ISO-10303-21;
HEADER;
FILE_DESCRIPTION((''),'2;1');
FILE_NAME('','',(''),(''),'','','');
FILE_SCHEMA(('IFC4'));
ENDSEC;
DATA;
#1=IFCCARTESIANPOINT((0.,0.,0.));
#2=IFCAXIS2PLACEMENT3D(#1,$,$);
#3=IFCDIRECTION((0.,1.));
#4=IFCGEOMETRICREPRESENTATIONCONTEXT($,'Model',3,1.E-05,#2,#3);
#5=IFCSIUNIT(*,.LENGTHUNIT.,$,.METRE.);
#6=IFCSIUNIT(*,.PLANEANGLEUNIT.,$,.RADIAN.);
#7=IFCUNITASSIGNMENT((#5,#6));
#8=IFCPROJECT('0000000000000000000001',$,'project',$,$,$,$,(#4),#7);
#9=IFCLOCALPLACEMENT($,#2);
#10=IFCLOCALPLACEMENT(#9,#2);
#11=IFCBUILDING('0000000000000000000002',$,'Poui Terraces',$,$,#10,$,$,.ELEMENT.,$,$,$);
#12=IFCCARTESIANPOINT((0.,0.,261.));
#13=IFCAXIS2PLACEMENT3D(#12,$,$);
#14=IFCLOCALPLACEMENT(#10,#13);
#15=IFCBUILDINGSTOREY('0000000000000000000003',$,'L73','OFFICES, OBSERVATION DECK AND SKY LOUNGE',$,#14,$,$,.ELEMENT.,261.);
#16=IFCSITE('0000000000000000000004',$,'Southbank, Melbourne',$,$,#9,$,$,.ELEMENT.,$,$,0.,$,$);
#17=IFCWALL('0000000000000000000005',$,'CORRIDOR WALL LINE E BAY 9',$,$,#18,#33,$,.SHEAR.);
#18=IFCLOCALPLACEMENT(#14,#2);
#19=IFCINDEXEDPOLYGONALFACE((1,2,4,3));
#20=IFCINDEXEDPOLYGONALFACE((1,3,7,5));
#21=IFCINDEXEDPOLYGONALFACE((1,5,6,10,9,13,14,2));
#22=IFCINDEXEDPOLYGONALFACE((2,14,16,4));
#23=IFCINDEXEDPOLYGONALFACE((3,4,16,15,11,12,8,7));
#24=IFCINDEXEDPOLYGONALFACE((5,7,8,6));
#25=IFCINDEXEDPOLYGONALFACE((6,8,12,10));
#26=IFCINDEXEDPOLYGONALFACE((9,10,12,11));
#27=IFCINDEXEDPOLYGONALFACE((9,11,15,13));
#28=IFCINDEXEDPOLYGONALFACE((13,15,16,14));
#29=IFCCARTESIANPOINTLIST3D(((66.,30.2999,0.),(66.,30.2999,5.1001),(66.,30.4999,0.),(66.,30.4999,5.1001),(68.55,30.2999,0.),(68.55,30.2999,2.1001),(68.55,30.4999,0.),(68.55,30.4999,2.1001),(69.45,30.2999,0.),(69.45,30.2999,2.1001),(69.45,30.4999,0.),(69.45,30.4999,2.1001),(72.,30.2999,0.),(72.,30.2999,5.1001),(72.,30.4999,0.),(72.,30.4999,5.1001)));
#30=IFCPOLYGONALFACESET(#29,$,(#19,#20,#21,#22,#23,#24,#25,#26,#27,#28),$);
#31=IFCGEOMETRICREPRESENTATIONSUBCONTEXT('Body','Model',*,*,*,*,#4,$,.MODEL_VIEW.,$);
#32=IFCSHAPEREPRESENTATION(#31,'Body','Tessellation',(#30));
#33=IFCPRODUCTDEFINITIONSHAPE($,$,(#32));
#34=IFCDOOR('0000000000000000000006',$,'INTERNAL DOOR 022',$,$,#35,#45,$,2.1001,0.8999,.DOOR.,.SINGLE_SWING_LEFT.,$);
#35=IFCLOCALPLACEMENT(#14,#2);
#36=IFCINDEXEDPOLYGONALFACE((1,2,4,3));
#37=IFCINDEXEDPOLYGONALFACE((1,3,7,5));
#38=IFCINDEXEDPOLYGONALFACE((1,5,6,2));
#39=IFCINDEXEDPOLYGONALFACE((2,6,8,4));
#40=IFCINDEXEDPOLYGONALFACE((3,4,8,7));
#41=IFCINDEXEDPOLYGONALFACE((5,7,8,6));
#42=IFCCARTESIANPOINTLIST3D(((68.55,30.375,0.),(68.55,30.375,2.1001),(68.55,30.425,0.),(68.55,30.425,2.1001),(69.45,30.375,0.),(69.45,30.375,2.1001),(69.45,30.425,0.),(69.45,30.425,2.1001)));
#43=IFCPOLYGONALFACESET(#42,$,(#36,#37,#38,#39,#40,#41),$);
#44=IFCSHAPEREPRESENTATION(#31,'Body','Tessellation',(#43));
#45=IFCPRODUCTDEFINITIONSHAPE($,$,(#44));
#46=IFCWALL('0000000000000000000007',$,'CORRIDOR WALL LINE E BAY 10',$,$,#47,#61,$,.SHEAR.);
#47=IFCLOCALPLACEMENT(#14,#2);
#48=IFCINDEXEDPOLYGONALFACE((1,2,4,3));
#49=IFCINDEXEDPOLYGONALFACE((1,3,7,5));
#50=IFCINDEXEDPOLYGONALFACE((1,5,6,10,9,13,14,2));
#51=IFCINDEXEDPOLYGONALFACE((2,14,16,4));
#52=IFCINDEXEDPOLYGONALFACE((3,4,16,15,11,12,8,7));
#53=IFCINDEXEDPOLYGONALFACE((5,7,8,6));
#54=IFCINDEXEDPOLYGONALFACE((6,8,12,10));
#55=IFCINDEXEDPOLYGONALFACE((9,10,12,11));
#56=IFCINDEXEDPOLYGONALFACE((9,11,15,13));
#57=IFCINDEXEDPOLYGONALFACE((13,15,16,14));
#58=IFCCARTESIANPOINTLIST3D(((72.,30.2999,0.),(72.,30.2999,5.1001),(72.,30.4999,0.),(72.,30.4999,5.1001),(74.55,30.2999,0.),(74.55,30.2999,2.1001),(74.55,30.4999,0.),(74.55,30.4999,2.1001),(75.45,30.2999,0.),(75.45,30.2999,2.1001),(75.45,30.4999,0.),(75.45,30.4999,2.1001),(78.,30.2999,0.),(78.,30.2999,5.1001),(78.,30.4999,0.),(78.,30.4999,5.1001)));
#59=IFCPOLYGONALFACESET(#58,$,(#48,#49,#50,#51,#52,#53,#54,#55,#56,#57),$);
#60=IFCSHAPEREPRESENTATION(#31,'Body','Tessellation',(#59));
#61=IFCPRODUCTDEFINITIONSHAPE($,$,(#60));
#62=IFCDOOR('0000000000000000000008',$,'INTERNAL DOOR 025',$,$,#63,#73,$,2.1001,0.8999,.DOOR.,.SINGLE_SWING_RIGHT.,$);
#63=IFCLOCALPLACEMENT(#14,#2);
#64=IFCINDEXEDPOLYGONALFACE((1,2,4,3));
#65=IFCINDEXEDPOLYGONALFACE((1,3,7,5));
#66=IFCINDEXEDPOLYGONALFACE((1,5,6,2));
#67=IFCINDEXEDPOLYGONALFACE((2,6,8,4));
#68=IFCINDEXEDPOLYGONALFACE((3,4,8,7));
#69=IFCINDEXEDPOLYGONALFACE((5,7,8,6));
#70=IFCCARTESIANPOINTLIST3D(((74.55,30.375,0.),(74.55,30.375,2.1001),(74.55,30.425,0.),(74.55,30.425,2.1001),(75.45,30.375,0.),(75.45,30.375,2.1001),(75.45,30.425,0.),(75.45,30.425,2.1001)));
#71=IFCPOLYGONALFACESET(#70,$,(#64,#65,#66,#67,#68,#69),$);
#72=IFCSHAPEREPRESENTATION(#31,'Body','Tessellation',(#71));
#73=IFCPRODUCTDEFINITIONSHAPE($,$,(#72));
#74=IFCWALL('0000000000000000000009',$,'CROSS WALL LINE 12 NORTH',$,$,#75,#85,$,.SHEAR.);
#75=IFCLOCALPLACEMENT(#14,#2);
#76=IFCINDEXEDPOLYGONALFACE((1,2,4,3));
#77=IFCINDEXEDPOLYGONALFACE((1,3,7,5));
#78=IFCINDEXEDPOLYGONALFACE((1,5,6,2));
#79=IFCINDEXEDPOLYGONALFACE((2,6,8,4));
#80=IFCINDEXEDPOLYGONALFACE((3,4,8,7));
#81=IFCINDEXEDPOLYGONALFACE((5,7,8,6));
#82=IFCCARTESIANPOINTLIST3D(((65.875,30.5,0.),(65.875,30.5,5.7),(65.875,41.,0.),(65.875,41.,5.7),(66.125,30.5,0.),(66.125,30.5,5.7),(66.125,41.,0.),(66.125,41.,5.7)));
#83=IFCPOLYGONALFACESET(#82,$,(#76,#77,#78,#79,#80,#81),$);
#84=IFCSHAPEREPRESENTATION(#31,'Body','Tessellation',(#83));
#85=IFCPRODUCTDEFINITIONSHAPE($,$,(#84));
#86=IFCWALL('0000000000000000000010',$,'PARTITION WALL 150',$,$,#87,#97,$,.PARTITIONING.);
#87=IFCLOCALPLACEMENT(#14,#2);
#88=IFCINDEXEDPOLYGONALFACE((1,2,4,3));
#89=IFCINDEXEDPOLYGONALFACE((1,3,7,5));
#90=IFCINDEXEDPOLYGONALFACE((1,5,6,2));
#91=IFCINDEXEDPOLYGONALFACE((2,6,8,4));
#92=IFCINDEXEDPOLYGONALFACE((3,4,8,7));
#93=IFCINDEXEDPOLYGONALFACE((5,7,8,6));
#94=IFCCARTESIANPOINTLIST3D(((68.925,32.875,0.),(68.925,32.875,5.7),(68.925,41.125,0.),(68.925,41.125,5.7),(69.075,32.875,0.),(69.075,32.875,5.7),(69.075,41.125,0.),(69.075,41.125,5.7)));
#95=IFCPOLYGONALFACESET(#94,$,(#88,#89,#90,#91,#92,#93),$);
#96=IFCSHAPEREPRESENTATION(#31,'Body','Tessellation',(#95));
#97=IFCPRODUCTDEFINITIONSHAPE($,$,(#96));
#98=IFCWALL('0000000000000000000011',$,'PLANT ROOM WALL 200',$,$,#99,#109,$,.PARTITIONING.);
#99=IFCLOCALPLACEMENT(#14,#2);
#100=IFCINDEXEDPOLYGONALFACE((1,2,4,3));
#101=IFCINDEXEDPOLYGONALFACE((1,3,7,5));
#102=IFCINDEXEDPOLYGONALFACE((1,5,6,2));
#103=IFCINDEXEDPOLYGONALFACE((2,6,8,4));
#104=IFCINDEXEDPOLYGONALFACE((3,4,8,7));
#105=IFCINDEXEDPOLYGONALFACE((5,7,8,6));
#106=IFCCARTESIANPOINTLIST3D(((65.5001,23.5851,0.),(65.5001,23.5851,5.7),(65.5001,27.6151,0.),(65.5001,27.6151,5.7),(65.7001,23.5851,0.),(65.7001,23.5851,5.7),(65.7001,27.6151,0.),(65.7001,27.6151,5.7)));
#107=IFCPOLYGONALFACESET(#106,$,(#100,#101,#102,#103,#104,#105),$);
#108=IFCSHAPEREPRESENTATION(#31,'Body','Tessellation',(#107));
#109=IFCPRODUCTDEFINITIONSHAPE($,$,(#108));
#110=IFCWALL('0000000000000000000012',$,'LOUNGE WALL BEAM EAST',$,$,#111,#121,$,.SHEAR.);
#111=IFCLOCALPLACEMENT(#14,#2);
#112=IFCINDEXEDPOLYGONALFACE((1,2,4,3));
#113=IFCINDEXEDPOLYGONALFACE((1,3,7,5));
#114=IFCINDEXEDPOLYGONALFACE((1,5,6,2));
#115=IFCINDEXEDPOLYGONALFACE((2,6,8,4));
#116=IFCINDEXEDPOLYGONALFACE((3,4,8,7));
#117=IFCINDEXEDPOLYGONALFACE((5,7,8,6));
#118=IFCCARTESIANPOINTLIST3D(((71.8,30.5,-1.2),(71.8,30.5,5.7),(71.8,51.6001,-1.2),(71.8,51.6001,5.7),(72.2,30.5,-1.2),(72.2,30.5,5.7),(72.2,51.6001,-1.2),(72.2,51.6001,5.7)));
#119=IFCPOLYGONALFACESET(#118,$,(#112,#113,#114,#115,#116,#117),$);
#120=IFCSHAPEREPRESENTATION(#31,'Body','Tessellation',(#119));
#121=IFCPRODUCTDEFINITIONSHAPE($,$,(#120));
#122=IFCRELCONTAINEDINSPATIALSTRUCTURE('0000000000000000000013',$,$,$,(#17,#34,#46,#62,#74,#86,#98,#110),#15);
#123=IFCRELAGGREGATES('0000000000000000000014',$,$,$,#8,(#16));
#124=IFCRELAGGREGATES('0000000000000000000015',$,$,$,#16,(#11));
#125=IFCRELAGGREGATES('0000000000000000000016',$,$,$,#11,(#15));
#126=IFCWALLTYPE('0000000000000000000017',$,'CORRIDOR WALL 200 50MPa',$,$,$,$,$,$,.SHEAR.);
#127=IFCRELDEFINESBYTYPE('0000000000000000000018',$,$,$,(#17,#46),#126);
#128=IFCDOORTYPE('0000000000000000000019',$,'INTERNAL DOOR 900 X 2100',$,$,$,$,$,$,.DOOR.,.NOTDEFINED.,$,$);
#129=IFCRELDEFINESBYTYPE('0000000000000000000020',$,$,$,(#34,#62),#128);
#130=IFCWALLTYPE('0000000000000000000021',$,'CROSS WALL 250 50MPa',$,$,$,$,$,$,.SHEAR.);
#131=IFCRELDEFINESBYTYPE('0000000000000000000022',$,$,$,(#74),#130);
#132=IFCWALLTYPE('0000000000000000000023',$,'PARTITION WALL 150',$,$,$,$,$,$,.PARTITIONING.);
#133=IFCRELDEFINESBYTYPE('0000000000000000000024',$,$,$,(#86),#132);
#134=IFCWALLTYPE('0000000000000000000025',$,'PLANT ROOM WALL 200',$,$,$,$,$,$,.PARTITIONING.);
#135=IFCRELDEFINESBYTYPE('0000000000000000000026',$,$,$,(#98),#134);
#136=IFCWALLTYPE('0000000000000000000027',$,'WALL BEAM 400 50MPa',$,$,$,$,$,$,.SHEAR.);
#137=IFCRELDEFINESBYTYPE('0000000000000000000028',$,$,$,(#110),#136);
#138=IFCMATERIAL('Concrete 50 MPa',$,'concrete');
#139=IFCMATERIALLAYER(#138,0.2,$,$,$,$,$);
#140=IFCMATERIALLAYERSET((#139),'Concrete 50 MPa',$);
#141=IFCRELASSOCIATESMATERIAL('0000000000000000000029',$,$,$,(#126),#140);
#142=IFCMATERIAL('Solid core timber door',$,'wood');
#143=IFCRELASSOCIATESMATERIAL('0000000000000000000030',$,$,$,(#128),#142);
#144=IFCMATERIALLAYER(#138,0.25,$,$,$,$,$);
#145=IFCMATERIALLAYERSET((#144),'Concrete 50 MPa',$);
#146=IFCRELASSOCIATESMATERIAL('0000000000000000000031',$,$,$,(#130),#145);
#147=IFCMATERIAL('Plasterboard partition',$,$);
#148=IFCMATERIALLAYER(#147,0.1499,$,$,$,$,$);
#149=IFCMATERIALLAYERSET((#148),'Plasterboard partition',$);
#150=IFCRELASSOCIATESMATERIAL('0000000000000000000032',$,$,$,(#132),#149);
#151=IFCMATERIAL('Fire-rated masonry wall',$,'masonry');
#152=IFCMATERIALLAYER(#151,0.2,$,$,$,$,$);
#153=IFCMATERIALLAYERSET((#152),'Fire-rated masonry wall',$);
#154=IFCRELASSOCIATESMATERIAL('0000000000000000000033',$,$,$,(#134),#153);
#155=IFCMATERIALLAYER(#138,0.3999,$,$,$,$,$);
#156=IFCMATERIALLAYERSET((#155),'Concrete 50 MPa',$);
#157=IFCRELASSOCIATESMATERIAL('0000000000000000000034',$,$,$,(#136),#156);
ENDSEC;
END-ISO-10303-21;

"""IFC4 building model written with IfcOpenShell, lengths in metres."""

from ifc_helpers import new_model, si_unit, direction, frame, frame_2d, origin, place, context, subcontext, project, spatial, rectangle, extrude, material, layer, layer_set, type_object, element, fill, save


model = new_model("IFC4")

# Units and contexts
model_context = context("Model", 3, precision=1e-05, world=origin(), true_north=direction((0.0, 1.0)))
body_context = subcontext(model_context, "Body", "Model", "MODEL_VIEW")
ifc_project = project(units=[si_unit("LENGTHUNIT", "METRE"), si_unit("PLANEANGLEUNIT", "RADIAN")], contexts=[model_context])

# Site, building, storey
site_placement = place(None, origin())
site = spatial("IfcSite", under=ifc_project, at=site_placement, Name="Southbank, Melbourne", CompositionType="ELEMENT", RefElevation=0.0)
building_placement = place(site_placement, origin())
building = spatial("IfcBuilding", under=site, at=building_placement, Name="Poui Terraces", CompositionType="ELEMENT")
storey_placement = place(building_placement, frame((0.0, 0.0, 261.0)))
storey = spatial("IfcBuildingStorey", under=building, at=storey_placement, Name="L73", Description="OFFICES, OBSERVATION DECK AND SKY LOUNGE", CompositionType="ELEMENT", Elevation=261.0)

# Shared definitions
ifc_material_1 = material(Name="Concrete 50 MPa", Category="concrete")

# Shared definitions
ifc_material_2 = material(Name="Solid core timber door", Category="wood")

# Walls, openings, doors
ifc_layer_1 = layer(ifc_material_1, 0.2)
ifc_layer_set_1 = layer_set([ifc_layer_1], Name="Concrete 50 MPa")
wall_type_1 = type_object("IfcWallType", Name="CORRIDOR WALL 200 50MPa", PredefinedType="SHEAR", material=ifc_layer_set_1)
wall_1_placement = place(storey_placement, frame((66.0, 30.3999, 0.0), z_axis=(0.0, 0.0, 1.0), x_axis=(1.0, 0.0, 0.0)))
wall_1 = element("IfcWall", 1, at=wall_1_placement, inside=storey, type_object=wall_type_1, Name="CORRIDOR WALL LINE E BAY 9", PredefinedType="SHEAR", context=body_context, shape_type="SweptSolid", body=[
    extrude(rectangle(XDim=6.0, YDim=0.2, at=frame_2d((3.0, 0.0))), origin(), (0.0, 0.0, 1.0), 5.1001),
])
opening_1_placement = place(wall_1_placement, frame((2.55, 0.0, 0.0)))
opening_1 = element("IfcOpeningElement", 2, at=opening_1_placement, cuts=wall_1, PredefinedType="OPENING", context=body_context, shape_type="SweptSolid", body=[
    extrude(rectangle(XDim=0.8999, YDim=2.1001, at=frame_2d((0.45, 1.05))), frame((0.0, 0.1099, 0.0), z_axis=(0.0, -1.0, 0.0), x_axis=(1.0, 0.0, 0.0)), (0.0, 0.0, 1.0), 0.22),
])
door_type_1 = type_object("IfcDoorType", Name="INTERNAL DOOR 900 X 2100", OperationType="NOTDEFINED", PredefinedType="DOOR", material=ifc_material_2)
door_1_placement = place(opening_1_placement, frame((0.8999, 0.0, 0.0), z_axis=(0.0, 0.0, 1.0), x_axis=(-1.0, 0.0, 0.0)))
door_1 = element("IfcDoor", 3, at=door_1_placement, inside=storey, type_object=door_type_1, Name="INTERNAL DOOR 022", OperationType="SINGLE_SWING_LEFT", OverallHeight=2.1001, OverallWidth=0.8999, PredefinedType="DOOR", context=body_context, shape_type="SweptSolid", body=[
    extrude(rectangle(XDim=0.8999, YDim=2.1001, at=frame_2d((0.45, 1.05))), frame((0.0, 0.0249, 0.0), z_axis=(0.0, -1.0, 0.0), x_axis=(1.0, 0.0, 0.0)), (0.0, 0.0, 1.0), 0.05),
])
fill(opening_1, door_1)
wall_2_placement = place(storey_placement, frame((72.0, 30.3999, 0.0), z_axis=(0.0, 0.0, 1.0), x_axis=(1.0, 0.0, 0.0)))
wall_2 = element("IfcWall", 4, at=wall_2_placement, inside=storey, type_object=wall_type_1, Name="CORRIDOR WALL LINE E BAY 10", PredefinedType="SHEAR", context=body_context, shape_type="SweptSolid", body=[
    extrude(rectangle(XDim=6.0, YDim=0.2, at=frame_2d((3.0, 0.0))), origin(), (0.0, 0.0, 1.0), 5.1001),
])
opening_2_placement = place(wall_2_placement, frame((2.55, 0.0, 0.0)))
opening_2 = element("IfcOpeningElement", 5, at=opening_2_placement, cuts=wall_2, PredefinedType="OPENING", context=body_context, shape_type="SweptSolid", body=[
    extrude(rectangle(XDim=0.8999, YDim=2.1001, at=frame_2d((0.45, 1.05))), frame((0.0, 0.1099, 0.0), z_axis=(0.0, -1.0, 0.0), x_axis=(1.0, 0.0, 0.0)), (0.0, 0.0, 1.0), 0.22),
])
door_2_placement = place(opening_2_placement, frame((0.8999, 0.0, 0.0), z_axis=(0.0, 0.0, 1.0), x_axis=(-1.0, 0.0, 0.0)))
door_2 = element("IfcDoor", 6, at=door_2_placement, inside=storey, type_object=door_type_1, Name="INTERNAL DOOR 025", OperationType="SINGLE_SWING_RIGHT", OverallHeight=2.1001, OverallWidth=0.8999, PredefinedType="DOOR", context=body_context, shape_type="SweptSolid", body=[
    extrude(rectangle(XDim=0.8999, YDim=2.1001, at=frame_2d((0.45, 1.05))), frame((0.0, 0.0249, 0.0), z_axis=(0.0, -1.0, 0.0), x_axis=(1.0, 0.0, 0.0)), (0.0, 0.0, 1.0), 0.05),
])
fill(opening_2, door_2)

# Walls
ifc_layer_2 = layer(ifc_material_1, 0.25)
ifc_layer_set_2 = layer_set([ifc_layer_2], Name="Concrete 50 MPa")
wall_type_2 = type_object("IfcWallType", Name="CROSS WALL 250 50MPa", PredefinedType="SHEAR", material=ifc_layer_set_2)
wall_3_placement = place(storey_placement, frame((66.0, 30.5, 0.0), z_axis=(0.0, 0.0, 1.0), x_axis=(0.0, 1.0, 0.0)))
element("IfcWall", 7, at=wall_3_placement, inside=storey, type_object=wall_type_2, Name="CROSS WALL LINE 12 NORTH", PredefinedType="SHEAR", context=body_context, shape_type="SweptSolid", body=[
    extrude(rectangle(XDim=10.5, YDim=0.25, at=frame_2d((5.25, 0.0))), origin(), (0.0, 0.0, 1.0), 5.7),
])
ifc_material_3 = material(Name="Plasterboard partition")
ifc_layer_3 = layer(ifc_material_3, 0.1499)
ifc_layer_set_3 = layer_set([ifc_layer_3], Name="Plasterboard partition")
wall_type_3 = type_object("IfcWallType", Name="PARTITION WALL 150", PredefinedType="PARTITIONING", material=ifc_layer_set_3)
wall_4_placement = place(storey_placement, frame((69.0, 32.875, 0.0), z_axis=(0.0, 0.0, 1.0), x_axis=(0.0, 1.0, 0.0)))
element("IfcWall", 8, at=wall_4_placement, inside=storey, type_object=wall_type_3, Name="PARTITION WALL 150", PredefinedType="PARTITIONING", context=body_context, shape_type="SweptSolid", body=[
    extrude(rectangle(XDim=8.25, YDim=0.1499, at=frame_2d((4.125, 0.0))), origin(), (0.0, 0.0, 1.0), 5.7),
])
ifc_material_4 = material(Name="Fire-rated masonry wall", Category="masonry")
ifc_layer_4 = layer(ifc_material_4, 0.2)
ifc_layer_set_4 = layer_set([ifc_layer_4], Name="Fire-rated masonry wall")
wall_type_4 = type_object("IfcWallType", Name="PLANT ROOM WALL 200", PredefinedType="PARTITIONING", material=ifc_layer_set_4)
wall_5_placement = place(storey_placement, frame((65.6001, 23.585, 0.0), z_axis=(0.0, 0.0, 1.0), x_axis=(0.0, 1.0, 0.0)))
element("IfcWall", 9, at=wall_5_placement, inside=storey, type_object=wall_type_4, Name="PLANT ROOM WALL 200", PredefinedType="PARTITIONING", context=body_context, shape_type="SweptSolid", body=[
    extrude(rectangle(XDim=4.03, YDim=0.2, at=frame_2d((2.0151, 0.0))), origin(), (0.0, 0.0, 1.0), 5.7),
])
ifc_layer_5 = layer(ifc_material_1, 0.3999)
ifc_layer_set_5 = layer_set([ifc_layer_5], Name="Concrete 50 MPa")
wall_type_5 = type_object("IfcWallType", Name="WALL BEAM 400 50MPa", PredefinedType="SHEAR", material=ifc_layer_set_5)
wall_6_placement = place(storey_placement, frame((72.0, 30.5, -1.2), z_axis=(0.0, 0.0, 1.0), x_axis=(0.0, 1.0, 0.0)))
element("IfcWall", 10, at=wall_6_placement, inside=storey, type_object=wall_type_5, Name="LOUNGE WALL BEAM EAST", PredefinedType="SHEAR", context=body_context, shape_type="SweptSolid", body=[
    extrude(rectangle(XDim=21.1001, YDim=0.3999, at=frame_2d((10.55, 0.0))), origin(), (0.0, 0.0, 1.0), 6.8999),
])

save(model, "model.ifc")
